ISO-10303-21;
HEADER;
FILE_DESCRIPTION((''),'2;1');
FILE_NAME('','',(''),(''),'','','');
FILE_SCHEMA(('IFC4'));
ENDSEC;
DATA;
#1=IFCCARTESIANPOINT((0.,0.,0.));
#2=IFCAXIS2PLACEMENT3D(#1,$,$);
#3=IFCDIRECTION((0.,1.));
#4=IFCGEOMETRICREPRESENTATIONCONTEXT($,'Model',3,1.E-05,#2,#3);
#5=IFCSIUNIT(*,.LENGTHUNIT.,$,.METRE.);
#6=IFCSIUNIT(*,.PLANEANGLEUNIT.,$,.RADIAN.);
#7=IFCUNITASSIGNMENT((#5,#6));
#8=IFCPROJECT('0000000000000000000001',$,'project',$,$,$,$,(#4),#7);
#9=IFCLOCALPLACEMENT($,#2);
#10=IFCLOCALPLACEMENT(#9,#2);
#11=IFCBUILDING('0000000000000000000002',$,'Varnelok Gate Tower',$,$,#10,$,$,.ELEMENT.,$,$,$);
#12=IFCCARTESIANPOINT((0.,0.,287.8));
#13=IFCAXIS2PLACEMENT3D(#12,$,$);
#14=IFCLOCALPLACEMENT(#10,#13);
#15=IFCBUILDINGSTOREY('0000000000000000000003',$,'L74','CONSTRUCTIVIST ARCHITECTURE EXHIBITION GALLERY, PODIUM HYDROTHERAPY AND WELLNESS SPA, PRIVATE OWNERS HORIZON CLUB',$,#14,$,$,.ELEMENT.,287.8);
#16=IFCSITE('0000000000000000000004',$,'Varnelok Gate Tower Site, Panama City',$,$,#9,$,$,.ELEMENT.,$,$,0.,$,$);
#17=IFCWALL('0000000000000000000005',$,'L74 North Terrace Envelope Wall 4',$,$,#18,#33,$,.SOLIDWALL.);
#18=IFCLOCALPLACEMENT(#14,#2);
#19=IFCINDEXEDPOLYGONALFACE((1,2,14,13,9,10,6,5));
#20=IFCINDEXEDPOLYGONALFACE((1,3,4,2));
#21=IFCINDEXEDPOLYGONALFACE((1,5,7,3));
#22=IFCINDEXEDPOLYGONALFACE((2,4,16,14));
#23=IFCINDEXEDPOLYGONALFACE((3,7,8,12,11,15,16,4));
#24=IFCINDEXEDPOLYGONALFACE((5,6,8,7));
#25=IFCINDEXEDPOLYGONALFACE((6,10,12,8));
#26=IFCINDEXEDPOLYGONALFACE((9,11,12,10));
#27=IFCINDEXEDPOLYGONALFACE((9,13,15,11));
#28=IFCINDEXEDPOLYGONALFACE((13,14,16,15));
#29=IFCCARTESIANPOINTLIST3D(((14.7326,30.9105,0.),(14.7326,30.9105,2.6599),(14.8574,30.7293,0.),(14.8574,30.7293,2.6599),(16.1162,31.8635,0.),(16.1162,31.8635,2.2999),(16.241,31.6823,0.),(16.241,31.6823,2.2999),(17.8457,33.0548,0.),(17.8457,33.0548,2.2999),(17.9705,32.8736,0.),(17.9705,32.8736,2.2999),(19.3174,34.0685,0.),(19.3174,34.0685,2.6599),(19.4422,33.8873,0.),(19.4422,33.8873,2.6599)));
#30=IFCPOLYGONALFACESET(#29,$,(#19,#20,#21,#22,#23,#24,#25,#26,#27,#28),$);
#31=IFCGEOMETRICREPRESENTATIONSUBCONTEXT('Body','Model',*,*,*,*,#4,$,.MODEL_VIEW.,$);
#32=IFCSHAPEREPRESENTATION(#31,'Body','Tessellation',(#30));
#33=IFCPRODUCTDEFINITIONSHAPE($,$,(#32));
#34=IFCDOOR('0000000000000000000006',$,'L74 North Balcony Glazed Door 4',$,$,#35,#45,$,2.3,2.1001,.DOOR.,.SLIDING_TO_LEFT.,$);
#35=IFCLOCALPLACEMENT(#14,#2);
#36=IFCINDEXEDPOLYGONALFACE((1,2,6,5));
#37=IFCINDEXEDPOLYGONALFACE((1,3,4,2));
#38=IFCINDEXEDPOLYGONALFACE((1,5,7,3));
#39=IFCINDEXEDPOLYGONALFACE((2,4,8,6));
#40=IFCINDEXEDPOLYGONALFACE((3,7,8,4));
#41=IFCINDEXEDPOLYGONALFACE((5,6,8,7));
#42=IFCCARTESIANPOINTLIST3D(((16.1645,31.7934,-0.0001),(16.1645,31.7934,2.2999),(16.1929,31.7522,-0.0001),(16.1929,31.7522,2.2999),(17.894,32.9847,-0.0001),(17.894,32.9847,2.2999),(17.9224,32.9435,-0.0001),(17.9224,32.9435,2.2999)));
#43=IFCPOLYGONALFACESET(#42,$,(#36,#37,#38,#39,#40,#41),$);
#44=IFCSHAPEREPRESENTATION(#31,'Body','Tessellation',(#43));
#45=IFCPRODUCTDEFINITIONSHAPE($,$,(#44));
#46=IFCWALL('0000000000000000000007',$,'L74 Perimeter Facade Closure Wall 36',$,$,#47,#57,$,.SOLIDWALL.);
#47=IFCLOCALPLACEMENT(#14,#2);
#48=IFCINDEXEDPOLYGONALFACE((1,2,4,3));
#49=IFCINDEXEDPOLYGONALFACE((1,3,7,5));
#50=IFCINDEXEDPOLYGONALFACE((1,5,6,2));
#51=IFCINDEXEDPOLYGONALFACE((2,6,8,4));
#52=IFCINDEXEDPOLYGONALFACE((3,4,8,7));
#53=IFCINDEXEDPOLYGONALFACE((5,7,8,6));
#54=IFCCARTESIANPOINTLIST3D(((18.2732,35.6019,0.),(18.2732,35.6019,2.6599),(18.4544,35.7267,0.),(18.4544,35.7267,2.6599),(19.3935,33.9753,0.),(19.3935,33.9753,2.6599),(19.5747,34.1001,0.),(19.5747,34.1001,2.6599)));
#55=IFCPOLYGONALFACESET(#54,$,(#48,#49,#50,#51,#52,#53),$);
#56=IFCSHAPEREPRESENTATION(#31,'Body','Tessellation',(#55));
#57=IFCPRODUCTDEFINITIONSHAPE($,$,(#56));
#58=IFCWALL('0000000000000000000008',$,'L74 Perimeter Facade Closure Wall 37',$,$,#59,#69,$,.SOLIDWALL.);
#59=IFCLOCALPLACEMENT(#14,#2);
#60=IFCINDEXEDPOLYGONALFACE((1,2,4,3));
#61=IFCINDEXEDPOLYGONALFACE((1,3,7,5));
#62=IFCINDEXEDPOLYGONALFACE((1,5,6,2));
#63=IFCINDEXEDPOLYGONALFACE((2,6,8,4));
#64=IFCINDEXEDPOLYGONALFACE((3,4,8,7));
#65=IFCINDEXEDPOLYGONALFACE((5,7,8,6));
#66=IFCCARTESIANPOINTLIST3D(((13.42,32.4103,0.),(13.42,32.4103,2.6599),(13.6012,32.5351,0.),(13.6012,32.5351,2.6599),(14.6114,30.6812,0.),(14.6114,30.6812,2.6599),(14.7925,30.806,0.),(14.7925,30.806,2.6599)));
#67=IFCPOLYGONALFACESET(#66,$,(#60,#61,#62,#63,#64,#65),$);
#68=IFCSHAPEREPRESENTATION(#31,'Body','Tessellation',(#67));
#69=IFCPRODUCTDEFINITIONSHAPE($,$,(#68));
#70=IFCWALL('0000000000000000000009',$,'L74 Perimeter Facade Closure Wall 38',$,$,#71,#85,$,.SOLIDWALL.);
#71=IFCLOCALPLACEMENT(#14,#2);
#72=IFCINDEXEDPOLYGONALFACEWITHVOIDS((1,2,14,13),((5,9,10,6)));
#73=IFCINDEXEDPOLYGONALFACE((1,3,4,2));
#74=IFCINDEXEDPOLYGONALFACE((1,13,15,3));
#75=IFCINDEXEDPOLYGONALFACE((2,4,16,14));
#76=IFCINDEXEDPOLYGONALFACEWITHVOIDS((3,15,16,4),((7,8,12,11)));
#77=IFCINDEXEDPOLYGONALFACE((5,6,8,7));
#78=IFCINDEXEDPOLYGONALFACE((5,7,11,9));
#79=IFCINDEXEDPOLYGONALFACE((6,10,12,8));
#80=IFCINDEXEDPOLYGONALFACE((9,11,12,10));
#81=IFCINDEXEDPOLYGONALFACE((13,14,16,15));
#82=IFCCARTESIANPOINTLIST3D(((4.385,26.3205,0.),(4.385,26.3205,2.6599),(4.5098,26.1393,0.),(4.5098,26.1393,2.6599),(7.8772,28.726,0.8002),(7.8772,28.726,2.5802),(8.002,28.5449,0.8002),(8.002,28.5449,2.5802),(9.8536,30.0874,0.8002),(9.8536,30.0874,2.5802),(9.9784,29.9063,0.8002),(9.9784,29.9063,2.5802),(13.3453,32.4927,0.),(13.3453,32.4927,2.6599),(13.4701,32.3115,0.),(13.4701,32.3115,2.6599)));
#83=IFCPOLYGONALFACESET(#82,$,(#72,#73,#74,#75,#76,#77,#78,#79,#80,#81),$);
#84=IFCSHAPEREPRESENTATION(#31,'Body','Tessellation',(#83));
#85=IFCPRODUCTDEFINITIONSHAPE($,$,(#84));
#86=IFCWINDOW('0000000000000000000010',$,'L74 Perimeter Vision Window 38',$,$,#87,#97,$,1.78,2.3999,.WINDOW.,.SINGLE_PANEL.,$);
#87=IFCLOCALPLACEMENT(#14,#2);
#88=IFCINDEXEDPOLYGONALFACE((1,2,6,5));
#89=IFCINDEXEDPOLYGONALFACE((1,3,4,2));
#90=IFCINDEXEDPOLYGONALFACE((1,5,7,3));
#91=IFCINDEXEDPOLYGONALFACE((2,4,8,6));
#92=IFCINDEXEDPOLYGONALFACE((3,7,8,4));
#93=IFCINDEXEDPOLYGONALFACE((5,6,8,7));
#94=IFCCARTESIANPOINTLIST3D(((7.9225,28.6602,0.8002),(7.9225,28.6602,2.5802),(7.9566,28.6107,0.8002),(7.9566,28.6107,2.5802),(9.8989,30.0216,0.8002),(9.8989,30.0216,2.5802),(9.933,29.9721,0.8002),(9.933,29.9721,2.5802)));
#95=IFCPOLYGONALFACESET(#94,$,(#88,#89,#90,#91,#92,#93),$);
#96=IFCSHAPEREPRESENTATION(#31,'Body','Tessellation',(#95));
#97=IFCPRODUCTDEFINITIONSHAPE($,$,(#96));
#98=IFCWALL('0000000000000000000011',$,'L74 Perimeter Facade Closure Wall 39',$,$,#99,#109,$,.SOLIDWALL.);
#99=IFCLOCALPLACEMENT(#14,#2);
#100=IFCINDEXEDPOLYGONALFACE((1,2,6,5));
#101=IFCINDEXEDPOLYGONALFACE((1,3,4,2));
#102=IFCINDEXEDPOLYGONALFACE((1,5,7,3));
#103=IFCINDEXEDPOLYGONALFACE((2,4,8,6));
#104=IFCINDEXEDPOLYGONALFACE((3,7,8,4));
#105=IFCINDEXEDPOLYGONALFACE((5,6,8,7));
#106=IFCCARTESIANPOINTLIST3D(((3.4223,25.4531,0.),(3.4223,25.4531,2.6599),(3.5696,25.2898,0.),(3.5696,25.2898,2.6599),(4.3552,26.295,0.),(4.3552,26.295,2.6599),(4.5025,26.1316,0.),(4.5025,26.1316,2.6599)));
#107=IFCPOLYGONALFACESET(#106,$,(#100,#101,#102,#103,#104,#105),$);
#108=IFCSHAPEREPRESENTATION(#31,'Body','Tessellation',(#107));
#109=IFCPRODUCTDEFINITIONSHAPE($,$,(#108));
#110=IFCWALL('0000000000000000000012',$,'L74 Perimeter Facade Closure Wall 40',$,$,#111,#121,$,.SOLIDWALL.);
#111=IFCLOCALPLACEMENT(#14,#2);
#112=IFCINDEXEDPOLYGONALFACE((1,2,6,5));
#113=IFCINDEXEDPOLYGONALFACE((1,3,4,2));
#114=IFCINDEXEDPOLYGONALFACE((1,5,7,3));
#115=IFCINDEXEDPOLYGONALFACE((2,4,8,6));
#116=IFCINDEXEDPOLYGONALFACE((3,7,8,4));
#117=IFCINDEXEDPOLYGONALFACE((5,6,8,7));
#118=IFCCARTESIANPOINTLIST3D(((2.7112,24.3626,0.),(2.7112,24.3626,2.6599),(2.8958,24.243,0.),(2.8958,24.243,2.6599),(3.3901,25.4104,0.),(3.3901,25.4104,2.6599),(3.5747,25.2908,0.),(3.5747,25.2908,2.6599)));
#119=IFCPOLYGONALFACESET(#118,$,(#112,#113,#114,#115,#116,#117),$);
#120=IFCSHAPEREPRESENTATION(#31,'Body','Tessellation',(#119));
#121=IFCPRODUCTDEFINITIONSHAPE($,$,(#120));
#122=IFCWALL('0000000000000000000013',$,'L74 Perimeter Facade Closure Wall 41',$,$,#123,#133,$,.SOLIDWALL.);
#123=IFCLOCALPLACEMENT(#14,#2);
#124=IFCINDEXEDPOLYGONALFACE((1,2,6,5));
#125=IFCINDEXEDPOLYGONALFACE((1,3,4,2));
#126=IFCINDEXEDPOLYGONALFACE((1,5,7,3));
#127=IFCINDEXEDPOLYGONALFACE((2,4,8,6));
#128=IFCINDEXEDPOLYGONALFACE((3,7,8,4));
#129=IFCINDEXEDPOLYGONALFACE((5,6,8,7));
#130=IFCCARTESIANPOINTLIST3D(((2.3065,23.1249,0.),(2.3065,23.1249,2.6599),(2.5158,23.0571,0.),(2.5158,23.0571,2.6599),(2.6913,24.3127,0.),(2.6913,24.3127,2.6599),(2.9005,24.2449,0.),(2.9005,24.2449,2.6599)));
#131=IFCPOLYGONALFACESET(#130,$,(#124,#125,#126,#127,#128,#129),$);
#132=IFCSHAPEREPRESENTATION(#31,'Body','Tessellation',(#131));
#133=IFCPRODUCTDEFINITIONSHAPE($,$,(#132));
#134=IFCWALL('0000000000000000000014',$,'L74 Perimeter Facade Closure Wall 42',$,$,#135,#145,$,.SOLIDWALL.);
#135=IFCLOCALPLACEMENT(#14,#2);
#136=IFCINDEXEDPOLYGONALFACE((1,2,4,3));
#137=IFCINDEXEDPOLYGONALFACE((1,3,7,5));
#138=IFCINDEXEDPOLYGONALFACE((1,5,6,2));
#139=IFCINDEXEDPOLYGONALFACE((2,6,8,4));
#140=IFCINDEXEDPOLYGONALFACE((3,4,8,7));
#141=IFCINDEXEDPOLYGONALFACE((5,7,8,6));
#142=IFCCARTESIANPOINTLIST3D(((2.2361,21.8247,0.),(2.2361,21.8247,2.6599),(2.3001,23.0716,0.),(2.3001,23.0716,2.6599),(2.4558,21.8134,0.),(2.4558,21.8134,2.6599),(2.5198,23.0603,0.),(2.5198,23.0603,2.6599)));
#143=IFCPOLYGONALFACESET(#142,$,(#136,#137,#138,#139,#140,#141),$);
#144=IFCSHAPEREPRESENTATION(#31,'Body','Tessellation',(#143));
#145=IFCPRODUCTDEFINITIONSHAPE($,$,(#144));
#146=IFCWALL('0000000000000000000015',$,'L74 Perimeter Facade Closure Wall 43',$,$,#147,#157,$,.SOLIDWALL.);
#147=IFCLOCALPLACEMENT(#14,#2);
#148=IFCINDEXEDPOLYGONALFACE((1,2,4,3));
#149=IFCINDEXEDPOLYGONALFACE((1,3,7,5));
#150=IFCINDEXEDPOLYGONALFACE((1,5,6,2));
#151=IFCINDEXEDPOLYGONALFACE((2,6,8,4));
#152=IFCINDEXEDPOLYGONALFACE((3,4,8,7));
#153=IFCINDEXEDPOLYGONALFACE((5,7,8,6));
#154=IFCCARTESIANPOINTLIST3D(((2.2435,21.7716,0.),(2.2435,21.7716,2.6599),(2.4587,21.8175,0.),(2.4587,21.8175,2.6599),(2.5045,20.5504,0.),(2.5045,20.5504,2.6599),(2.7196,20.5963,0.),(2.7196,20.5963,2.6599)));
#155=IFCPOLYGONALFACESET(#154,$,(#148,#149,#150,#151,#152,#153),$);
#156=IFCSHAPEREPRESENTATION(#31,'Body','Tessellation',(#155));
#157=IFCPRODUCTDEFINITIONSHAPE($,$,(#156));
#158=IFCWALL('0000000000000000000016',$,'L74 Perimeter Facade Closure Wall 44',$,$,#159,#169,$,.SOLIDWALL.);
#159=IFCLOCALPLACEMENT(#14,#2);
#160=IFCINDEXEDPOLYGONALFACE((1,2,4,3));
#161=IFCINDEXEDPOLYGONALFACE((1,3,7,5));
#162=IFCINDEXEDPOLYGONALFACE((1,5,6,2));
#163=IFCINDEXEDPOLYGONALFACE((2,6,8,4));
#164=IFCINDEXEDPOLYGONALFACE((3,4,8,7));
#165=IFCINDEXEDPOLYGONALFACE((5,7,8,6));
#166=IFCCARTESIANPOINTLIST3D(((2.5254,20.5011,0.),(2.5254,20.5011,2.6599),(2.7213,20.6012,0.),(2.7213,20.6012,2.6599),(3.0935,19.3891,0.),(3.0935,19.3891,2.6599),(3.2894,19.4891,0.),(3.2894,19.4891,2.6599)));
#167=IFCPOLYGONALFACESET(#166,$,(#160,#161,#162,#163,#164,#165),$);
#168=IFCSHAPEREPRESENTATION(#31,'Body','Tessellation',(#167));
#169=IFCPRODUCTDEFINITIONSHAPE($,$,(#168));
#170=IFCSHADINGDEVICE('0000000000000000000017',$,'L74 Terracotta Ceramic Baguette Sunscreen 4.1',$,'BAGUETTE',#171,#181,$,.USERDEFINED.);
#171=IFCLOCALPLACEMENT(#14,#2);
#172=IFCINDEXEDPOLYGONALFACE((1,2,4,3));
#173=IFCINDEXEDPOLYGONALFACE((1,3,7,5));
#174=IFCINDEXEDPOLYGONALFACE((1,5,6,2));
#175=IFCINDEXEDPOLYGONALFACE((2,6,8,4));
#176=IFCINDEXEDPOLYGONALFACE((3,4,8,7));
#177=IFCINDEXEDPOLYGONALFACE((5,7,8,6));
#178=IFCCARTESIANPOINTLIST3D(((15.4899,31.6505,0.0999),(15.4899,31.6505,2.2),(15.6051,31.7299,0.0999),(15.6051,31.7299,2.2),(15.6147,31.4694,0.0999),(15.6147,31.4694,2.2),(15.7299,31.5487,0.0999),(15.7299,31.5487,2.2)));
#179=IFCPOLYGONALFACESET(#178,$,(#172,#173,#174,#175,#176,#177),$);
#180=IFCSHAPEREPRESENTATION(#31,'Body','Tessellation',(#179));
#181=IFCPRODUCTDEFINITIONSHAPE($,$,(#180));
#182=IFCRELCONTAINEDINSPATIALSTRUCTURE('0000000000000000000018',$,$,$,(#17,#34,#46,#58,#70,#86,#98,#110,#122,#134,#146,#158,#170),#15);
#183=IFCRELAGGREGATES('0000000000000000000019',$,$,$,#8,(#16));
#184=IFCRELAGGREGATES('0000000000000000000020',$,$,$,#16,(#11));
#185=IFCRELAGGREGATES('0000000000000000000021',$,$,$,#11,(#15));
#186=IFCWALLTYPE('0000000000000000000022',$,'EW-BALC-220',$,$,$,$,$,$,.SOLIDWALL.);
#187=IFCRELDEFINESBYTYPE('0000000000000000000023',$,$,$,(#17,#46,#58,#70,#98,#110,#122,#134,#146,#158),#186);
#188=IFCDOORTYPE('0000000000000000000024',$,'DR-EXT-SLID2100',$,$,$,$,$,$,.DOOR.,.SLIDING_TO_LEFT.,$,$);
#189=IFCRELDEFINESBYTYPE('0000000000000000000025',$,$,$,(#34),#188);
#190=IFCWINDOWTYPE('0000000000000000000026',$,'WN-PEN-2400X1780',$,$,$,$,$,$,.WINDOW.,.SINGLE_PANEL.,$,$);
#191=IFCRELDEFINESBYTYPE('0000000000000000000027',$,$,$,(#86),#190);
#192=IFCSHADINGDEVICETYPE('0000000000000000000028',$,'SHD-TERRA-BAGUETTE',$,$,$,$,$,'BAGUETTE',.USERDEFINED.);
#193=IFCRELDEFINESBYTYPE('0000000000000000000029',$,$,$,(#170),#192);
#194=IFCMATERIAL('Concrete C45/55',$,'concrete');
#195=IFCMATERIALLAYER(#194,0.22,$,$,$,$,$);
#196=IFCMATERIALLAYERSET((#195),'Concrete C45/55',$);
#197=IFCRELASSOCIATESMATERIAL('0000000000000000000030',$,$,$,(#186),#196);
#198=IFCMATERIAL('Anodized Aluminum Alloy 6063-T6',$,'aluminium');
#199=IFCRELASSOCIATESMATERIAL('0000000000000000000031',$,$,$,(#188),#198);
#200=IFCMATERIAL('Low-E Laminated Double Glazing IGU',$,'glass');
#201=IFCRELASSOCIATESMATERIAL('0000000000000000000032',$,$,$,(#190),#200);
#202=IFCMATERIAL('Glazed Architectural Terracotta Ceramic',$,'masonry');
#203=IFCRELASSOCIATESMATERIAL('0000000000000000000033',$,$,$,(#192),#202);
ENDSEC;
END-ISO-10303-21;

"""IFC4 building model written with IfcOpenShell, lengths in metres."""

from ifc_helpers import new_model, si_unit, direction, frame, frame_2d, origin, origin_2d, place, context, subcontext, project, spatial, rectangle, extrude, source, transform, mapped, material, layer, layer_set, type_object, element, fill, save


model = new_model("IFC4")

# Units and contexts
model_context = context("Model", 3, precision=1e-05, world=origin(), true_north=direction((0.0, 1.0)))
body_context = subcontext(model_context, "Body", "Model", "MODEL_VIEW")
ifc_project = project(units=[si_unit("LENGTHUNIT", "METRE"), si_unit("PLANEANGLEUNIT", "RADIAN")], contexts=[model_context])

# Site, building, storey
site_placement = place(None, origin())
site = spatial("IfcSite", under=ifc_project, at=site_placement, Name="Varnelok Gate Tower Site, Panama City", CompositionType="ELEMENT", RefElevation=0.0)
building_placement = place(site_placement, origin())
building = spatial("IfcBuilding", under=site, at=building_placement, Name="Varnelok Gate Tower", CompositionType="ELEMENT")
storey_placement = place(building_placement, frame((0.0, 0.0, 287.8)))
storey = spatial("IfcBuildingStorey", under=building, at=storey_placement, Name="L74", Description="CONSTRUCTIVIST ARCHITECTURE EXHIBITION GALLERY, PODIUM HYDROTHERAPY AND WELLNESS SPA, PRIVATE OWNERS HORIZON CLUB", CompositionType="ELEMENT", Elevation=287.8)

# Shared definitions
ifc_material_1 = material(Name="Anodized Aluminum Alloy 6063-T6", Category="aluminium")

# Wall, opening, door
ifc_material_2 = material(Name="Concrete C45/55", Category="concrete")
ifc_layer_1 = layer(ifc_material_2, 0.22)
ifc_layer_set_1 = layer_set([ifc_layer_1], Name="Concrete C45/55")
wall_type = type_object("IfcWallType", Name="EW-BALC-220", PredefinedType="SOLIDWALL", material=ifc_layer_set_1)
wall_1_placement = place(storey_placement, frame((14.7949, 30.8198, 0.0), z_axis=(0.0, 0.0, 1.0), x_axis=(0.823541, 0.567256, 0.0)))
wall_1 = element("IfcWall", 1, at=wall_1_placement, inside=storey, type_object=wall_type, Name="L74 North Terrace Envelope Wall 4", PredefinedType="SOLIDWALL", context=body_context, shape_type="SweptSolid", body=[
    extrude(rectangle(XDim=5.5671, YDim=0.22, at=frame_2d((2.7837, 0.0))), origin(), (0.0, 0.0, 1.0), 2.6599),
])
opening_1_placement = place(wall_1_placement, frame((1.6802, 0.0, 0.0)))
opening_1 = element("IfcOpeningElement", 2, at=opening_1_placement, cuts=wall_1, PredefinedType="OPENING", context=body_context, shape_type="SweptSolid", body=[
    extrude(rectangle(XDim=2.1001, YDim=2.3, at=frame_2d((1.05, 1.1499))), frame((0.0, 0.1199, 0.0), z_axis=(0.0, -1.0, 0.0), x_axis=(1.0, 0.0, 0.0)), (0.0, 0.0, 1.0), 0.24),
])
door_type = type_object("IfcDoorType", Name="DR-EXT-SLID2100", OperationType="SLIDING_TO_LEFT", PredefinedType="DOOR", material=ifc_material_1)
door_placement = place(opening_1_placement, origin())
door = element("IfcDoor", 3, at=door_placement, inside=storey, type_object=door_type, Name="L74 North Balcony Glazed Door 4", OperationType="SLIDING_TO_LEFT", OverallHeight=2.3, OverallWidth=2.1001, PredefinedType="DOOR", context=body_context, shape_type="SweptSolid", body=[
    extrude(rectangle(XDim=2.1001, YDim=2.3, at=frame_2d((1.05, 1.1499))), frame((0.0, 0.0249, 0.0), z_axis=(0.0, -1.0, 0.0), x_axis=(1.0, 0.0, 0.0)), (0.0, 0.0, 1.0), 0.05),
])
fill(opening_1, door)

# Walls
wall_2_placement = place(storey_placement, frame((18.3638, 35.6643, 0.0), z_axis=(0.0, 0.0, 1.0), x_axis=(0.567216, -0.823569, 0.0)))
element("IfcWall", 4, at=wall_2_placement, inside=storey, type_object=wall_type, Name="L74 Perimeter Facade Closure Wall 36", PredefinedType="SOLIDWALL", context=body_context, shape_type="SweptSolid", body=[
    extrude(rectangle(XDim=1.9751, YDim=0.22, at=frame_2d((0.9875, 0.0))), origin(), (0.0, 0.0, 1.0), 2.6599),
])
wall_3_placement = place(storey_placement, frame((14.7019, 30.7437, 0.0), z_axis=(0.0, 0.0, 1.0), x_axis=(-0.567353, 0.823475, 0.0)))
element("IfcWall", 5, at=wall_3_placement, inside=storey, type_object=wall_type, Name="L74 Perimeter Facade Closure Wall 37", PredefinedType="SOLIDWALL", context=body_context, shape_type="SweptSolid", body=[
    extrude(rectangle(XDim=2.0999, YDim=0.22, at=frame_2d((1.0498, 0.0))), origin(), (0.0, 0.0, 1.0), 2.6599),
])

# Wall, opening, window
wall_4_placement = place(storey_placement, frame((13.4077, 32.4021, 0.0), z_axis=(0.0, 0.0, 1.0), x_axis=(-0.823528, -0.567276, 0.0)))
wall_4 = element("IfcWall", 6, at=wall_4_placement, inside=storey, type_object=wall_type, Name="L74 Perimeter Facade Closure Wall 38", PredefinedType="SOLIDWALL", context=body_context, shape_type="SweptSolid", body=[
    extrude(rectangle(XDim=10.8804, YDim=0.22, at=frame_2d((5.4402, 0.0))), origin(), (0.0, 0.0, 1.0), 2.6599),
])
opening_2_placement = place(wall_4_placement, frame((4.24, 0.0, 0.8)))
opening_2 = element("IfcOpeningElement", 7, at=opening_2_placement, cuts=wall_4, PredefinedType="OPENING", context=body_context, shape_type="SweptSolid", body=[
    extrude(rectangle(XDim=2.3999, YDim=1.78, at=frame_2d((1.2, 0.8901))), frame((0.0, 0.1199, 0.0), z_axis=(0.0, -1.0, 0.0), x_axis=(1.0, 0.0, 0.0)), (0.0, 0.0, 1.0), 0.24),
])
ifc_material_3 = material(Name="Low-E Laminated Double Glazing IGU", Category="glass")
window_type = type_object("IfcWindowType", Name="WN-PEN-2400X1780", PartitioningType="SINGLE_PANEL", PredefinedType="WINDOW", material=ifc_material_3)
window_placement = place(opening_2_placement, origin())
window = element("IfcWindow", 8, at=window_placement, inside=storey, type_object=window_type, Name="L74 Perimeter Vision Window 38", OverallHeight=1.78, OverallWidth=2.3999, PartitioningType="SINGLE_PANEL", PredefinedType="WINDOW", context=body_context, shape_type="SweptSolid", body=[
    extrude(rectangle(XDim=2.3999, YDim=1.78, at=frame_2d((1.2, 0.8901))), frame((0.0, 0.03, 0.0), z_axis=(0.0, -1.0, 0.0), x_axis=(1.0, 0.0, 0.0)), (0.0, 0.0, 1.0), 0.0601),
])
fill(opening_2, window)

# Walls
wall_5_placement = place(storey_placement, frame((4.429, 26.2134, 0.0), z_axis=(0.0, 0.0, 1.0), x_axis=(-0.742414, -0.669941, 0.0)))
element("IfcWall", 9, at=wall_5_placement, inside=storey, type_object=wall_type, Name="L74 Perimeter Facade Closure Wall 39", PredefinedType="SOLIDWALL", context=body_context, shape_type="SweptSolid", body=[
    extrude(rectangle(XDim=1.2566, YDim=0.22, at=frame_2d((0.6284, 0.0))), origin(), (0.0, 0.0, 1.0), 2.6599),
])
for number, where, z_axis, x_axis, name in (
    (10, (3.4824, 25.3506, 0.0), (0.0, 0.0, 1.0), (-0.543778, -0.839229, 0.0), "L74 Perimeter Facade Closure Wall 40"),
    (11, (2.7959, 24.2788, 0.0), (0.0, 0.0, 1.0), (-0.30818, -0.951328, 0.0), "L74 Perimeter Facade Closure Wall 41"),
    (12, (2.4099, 23.0659, 0.0), (0.0, 0.0, 1.0), (-0.051235, -0.998687, 0.0), "L74 Perimeter Facade Closure Wall 42"),
):
    element("IfcWall", number, at=place(storey_placement, frame(where, z_axis=z_axis, x_axis=x_axis)), inside=storey, type_object=wall_type, Name=name, PredefinedType="SOLIDWALL", context=body_context, shape_type="SweptSolid", body=[
        extrude(rectangle(XDim=1.2485, YDim=0.22, at=frame_2d((0.6243, 0.0))), origin(), (0.0, 0.0, 1.0), 2.6599),
    ])
for number, where, z_axis, x_axis, name in (
    (13, (2.3511, 21.7947, 0.0), (0.0, 0.0, 1.0), (0.208995, -0.977917, 0.0), "L74 Perimeter Facade Closure Wall 43"),
    (14, (2.6233, 20.5513, 0.0), (0.0, 0.0, 1.0), (0.454939, -0.890523, 0.0), "L74 Perimeter Facade Closure Wall 44"),
):
    element("IfcWall", number, at=place(storey_placement, frame(where, z_axis=z_axis, x_axis=x_axis)), inside=storey, type_object=wall_type, Name=name, PredefinedType="SOLIDWALL", context=body_context, shape_type="SweptSolid", body=[
        extrude(rectangle(XDim=1.2488, YDim=0.22, at=frame_2d((0.6245, 0.0))), origin(), (0.0, 0.0, 1.0), 2.6599),
    ])

# Shading device
ifc_material_4 = material(Name="Glazed Architectural Terracotta Ceramic", Category="masonry")
shading_device_type = type_object("IfcShadingDeviceType", Name="SHD-TERRA-BAGUETTE", ElementType="BAGUETTE", PredefinedType="USERDEFINED", material=ifc_material_4)
shared_shape_1 = source(origin(), body_context, "Body", "SweptSolid", [
    extrude(rectangle(XDim=0.1399, YDim=0.22, at=origin_2d()), origin(), (0.0, 0.0, 1.0), 2.1001),
])
shading_device_placement = place(storey_placement, frame((15.6099, 31.5996, 0.0999), z_axis=(0.0, 0.0, 1.0), x_axis=(0.823533, 0.567269, 0.0)))
element("IfcShadingDevice", 15, at=shading_device_placement, inside=storey, type_object=shading_device_type, Name="L74 Terracotta Ceramic Baguette Sunscreen 4.1", ObjectType="BAGUETTE", PredefinedType="USERDEFINED", context=body_context, shape_type="MappedRepresentation", body=[
    mapped(shared_shape_1, transform((0.0, 0.0, 0.0), scale=1.0)),
])

save(model, "model.ifc")
